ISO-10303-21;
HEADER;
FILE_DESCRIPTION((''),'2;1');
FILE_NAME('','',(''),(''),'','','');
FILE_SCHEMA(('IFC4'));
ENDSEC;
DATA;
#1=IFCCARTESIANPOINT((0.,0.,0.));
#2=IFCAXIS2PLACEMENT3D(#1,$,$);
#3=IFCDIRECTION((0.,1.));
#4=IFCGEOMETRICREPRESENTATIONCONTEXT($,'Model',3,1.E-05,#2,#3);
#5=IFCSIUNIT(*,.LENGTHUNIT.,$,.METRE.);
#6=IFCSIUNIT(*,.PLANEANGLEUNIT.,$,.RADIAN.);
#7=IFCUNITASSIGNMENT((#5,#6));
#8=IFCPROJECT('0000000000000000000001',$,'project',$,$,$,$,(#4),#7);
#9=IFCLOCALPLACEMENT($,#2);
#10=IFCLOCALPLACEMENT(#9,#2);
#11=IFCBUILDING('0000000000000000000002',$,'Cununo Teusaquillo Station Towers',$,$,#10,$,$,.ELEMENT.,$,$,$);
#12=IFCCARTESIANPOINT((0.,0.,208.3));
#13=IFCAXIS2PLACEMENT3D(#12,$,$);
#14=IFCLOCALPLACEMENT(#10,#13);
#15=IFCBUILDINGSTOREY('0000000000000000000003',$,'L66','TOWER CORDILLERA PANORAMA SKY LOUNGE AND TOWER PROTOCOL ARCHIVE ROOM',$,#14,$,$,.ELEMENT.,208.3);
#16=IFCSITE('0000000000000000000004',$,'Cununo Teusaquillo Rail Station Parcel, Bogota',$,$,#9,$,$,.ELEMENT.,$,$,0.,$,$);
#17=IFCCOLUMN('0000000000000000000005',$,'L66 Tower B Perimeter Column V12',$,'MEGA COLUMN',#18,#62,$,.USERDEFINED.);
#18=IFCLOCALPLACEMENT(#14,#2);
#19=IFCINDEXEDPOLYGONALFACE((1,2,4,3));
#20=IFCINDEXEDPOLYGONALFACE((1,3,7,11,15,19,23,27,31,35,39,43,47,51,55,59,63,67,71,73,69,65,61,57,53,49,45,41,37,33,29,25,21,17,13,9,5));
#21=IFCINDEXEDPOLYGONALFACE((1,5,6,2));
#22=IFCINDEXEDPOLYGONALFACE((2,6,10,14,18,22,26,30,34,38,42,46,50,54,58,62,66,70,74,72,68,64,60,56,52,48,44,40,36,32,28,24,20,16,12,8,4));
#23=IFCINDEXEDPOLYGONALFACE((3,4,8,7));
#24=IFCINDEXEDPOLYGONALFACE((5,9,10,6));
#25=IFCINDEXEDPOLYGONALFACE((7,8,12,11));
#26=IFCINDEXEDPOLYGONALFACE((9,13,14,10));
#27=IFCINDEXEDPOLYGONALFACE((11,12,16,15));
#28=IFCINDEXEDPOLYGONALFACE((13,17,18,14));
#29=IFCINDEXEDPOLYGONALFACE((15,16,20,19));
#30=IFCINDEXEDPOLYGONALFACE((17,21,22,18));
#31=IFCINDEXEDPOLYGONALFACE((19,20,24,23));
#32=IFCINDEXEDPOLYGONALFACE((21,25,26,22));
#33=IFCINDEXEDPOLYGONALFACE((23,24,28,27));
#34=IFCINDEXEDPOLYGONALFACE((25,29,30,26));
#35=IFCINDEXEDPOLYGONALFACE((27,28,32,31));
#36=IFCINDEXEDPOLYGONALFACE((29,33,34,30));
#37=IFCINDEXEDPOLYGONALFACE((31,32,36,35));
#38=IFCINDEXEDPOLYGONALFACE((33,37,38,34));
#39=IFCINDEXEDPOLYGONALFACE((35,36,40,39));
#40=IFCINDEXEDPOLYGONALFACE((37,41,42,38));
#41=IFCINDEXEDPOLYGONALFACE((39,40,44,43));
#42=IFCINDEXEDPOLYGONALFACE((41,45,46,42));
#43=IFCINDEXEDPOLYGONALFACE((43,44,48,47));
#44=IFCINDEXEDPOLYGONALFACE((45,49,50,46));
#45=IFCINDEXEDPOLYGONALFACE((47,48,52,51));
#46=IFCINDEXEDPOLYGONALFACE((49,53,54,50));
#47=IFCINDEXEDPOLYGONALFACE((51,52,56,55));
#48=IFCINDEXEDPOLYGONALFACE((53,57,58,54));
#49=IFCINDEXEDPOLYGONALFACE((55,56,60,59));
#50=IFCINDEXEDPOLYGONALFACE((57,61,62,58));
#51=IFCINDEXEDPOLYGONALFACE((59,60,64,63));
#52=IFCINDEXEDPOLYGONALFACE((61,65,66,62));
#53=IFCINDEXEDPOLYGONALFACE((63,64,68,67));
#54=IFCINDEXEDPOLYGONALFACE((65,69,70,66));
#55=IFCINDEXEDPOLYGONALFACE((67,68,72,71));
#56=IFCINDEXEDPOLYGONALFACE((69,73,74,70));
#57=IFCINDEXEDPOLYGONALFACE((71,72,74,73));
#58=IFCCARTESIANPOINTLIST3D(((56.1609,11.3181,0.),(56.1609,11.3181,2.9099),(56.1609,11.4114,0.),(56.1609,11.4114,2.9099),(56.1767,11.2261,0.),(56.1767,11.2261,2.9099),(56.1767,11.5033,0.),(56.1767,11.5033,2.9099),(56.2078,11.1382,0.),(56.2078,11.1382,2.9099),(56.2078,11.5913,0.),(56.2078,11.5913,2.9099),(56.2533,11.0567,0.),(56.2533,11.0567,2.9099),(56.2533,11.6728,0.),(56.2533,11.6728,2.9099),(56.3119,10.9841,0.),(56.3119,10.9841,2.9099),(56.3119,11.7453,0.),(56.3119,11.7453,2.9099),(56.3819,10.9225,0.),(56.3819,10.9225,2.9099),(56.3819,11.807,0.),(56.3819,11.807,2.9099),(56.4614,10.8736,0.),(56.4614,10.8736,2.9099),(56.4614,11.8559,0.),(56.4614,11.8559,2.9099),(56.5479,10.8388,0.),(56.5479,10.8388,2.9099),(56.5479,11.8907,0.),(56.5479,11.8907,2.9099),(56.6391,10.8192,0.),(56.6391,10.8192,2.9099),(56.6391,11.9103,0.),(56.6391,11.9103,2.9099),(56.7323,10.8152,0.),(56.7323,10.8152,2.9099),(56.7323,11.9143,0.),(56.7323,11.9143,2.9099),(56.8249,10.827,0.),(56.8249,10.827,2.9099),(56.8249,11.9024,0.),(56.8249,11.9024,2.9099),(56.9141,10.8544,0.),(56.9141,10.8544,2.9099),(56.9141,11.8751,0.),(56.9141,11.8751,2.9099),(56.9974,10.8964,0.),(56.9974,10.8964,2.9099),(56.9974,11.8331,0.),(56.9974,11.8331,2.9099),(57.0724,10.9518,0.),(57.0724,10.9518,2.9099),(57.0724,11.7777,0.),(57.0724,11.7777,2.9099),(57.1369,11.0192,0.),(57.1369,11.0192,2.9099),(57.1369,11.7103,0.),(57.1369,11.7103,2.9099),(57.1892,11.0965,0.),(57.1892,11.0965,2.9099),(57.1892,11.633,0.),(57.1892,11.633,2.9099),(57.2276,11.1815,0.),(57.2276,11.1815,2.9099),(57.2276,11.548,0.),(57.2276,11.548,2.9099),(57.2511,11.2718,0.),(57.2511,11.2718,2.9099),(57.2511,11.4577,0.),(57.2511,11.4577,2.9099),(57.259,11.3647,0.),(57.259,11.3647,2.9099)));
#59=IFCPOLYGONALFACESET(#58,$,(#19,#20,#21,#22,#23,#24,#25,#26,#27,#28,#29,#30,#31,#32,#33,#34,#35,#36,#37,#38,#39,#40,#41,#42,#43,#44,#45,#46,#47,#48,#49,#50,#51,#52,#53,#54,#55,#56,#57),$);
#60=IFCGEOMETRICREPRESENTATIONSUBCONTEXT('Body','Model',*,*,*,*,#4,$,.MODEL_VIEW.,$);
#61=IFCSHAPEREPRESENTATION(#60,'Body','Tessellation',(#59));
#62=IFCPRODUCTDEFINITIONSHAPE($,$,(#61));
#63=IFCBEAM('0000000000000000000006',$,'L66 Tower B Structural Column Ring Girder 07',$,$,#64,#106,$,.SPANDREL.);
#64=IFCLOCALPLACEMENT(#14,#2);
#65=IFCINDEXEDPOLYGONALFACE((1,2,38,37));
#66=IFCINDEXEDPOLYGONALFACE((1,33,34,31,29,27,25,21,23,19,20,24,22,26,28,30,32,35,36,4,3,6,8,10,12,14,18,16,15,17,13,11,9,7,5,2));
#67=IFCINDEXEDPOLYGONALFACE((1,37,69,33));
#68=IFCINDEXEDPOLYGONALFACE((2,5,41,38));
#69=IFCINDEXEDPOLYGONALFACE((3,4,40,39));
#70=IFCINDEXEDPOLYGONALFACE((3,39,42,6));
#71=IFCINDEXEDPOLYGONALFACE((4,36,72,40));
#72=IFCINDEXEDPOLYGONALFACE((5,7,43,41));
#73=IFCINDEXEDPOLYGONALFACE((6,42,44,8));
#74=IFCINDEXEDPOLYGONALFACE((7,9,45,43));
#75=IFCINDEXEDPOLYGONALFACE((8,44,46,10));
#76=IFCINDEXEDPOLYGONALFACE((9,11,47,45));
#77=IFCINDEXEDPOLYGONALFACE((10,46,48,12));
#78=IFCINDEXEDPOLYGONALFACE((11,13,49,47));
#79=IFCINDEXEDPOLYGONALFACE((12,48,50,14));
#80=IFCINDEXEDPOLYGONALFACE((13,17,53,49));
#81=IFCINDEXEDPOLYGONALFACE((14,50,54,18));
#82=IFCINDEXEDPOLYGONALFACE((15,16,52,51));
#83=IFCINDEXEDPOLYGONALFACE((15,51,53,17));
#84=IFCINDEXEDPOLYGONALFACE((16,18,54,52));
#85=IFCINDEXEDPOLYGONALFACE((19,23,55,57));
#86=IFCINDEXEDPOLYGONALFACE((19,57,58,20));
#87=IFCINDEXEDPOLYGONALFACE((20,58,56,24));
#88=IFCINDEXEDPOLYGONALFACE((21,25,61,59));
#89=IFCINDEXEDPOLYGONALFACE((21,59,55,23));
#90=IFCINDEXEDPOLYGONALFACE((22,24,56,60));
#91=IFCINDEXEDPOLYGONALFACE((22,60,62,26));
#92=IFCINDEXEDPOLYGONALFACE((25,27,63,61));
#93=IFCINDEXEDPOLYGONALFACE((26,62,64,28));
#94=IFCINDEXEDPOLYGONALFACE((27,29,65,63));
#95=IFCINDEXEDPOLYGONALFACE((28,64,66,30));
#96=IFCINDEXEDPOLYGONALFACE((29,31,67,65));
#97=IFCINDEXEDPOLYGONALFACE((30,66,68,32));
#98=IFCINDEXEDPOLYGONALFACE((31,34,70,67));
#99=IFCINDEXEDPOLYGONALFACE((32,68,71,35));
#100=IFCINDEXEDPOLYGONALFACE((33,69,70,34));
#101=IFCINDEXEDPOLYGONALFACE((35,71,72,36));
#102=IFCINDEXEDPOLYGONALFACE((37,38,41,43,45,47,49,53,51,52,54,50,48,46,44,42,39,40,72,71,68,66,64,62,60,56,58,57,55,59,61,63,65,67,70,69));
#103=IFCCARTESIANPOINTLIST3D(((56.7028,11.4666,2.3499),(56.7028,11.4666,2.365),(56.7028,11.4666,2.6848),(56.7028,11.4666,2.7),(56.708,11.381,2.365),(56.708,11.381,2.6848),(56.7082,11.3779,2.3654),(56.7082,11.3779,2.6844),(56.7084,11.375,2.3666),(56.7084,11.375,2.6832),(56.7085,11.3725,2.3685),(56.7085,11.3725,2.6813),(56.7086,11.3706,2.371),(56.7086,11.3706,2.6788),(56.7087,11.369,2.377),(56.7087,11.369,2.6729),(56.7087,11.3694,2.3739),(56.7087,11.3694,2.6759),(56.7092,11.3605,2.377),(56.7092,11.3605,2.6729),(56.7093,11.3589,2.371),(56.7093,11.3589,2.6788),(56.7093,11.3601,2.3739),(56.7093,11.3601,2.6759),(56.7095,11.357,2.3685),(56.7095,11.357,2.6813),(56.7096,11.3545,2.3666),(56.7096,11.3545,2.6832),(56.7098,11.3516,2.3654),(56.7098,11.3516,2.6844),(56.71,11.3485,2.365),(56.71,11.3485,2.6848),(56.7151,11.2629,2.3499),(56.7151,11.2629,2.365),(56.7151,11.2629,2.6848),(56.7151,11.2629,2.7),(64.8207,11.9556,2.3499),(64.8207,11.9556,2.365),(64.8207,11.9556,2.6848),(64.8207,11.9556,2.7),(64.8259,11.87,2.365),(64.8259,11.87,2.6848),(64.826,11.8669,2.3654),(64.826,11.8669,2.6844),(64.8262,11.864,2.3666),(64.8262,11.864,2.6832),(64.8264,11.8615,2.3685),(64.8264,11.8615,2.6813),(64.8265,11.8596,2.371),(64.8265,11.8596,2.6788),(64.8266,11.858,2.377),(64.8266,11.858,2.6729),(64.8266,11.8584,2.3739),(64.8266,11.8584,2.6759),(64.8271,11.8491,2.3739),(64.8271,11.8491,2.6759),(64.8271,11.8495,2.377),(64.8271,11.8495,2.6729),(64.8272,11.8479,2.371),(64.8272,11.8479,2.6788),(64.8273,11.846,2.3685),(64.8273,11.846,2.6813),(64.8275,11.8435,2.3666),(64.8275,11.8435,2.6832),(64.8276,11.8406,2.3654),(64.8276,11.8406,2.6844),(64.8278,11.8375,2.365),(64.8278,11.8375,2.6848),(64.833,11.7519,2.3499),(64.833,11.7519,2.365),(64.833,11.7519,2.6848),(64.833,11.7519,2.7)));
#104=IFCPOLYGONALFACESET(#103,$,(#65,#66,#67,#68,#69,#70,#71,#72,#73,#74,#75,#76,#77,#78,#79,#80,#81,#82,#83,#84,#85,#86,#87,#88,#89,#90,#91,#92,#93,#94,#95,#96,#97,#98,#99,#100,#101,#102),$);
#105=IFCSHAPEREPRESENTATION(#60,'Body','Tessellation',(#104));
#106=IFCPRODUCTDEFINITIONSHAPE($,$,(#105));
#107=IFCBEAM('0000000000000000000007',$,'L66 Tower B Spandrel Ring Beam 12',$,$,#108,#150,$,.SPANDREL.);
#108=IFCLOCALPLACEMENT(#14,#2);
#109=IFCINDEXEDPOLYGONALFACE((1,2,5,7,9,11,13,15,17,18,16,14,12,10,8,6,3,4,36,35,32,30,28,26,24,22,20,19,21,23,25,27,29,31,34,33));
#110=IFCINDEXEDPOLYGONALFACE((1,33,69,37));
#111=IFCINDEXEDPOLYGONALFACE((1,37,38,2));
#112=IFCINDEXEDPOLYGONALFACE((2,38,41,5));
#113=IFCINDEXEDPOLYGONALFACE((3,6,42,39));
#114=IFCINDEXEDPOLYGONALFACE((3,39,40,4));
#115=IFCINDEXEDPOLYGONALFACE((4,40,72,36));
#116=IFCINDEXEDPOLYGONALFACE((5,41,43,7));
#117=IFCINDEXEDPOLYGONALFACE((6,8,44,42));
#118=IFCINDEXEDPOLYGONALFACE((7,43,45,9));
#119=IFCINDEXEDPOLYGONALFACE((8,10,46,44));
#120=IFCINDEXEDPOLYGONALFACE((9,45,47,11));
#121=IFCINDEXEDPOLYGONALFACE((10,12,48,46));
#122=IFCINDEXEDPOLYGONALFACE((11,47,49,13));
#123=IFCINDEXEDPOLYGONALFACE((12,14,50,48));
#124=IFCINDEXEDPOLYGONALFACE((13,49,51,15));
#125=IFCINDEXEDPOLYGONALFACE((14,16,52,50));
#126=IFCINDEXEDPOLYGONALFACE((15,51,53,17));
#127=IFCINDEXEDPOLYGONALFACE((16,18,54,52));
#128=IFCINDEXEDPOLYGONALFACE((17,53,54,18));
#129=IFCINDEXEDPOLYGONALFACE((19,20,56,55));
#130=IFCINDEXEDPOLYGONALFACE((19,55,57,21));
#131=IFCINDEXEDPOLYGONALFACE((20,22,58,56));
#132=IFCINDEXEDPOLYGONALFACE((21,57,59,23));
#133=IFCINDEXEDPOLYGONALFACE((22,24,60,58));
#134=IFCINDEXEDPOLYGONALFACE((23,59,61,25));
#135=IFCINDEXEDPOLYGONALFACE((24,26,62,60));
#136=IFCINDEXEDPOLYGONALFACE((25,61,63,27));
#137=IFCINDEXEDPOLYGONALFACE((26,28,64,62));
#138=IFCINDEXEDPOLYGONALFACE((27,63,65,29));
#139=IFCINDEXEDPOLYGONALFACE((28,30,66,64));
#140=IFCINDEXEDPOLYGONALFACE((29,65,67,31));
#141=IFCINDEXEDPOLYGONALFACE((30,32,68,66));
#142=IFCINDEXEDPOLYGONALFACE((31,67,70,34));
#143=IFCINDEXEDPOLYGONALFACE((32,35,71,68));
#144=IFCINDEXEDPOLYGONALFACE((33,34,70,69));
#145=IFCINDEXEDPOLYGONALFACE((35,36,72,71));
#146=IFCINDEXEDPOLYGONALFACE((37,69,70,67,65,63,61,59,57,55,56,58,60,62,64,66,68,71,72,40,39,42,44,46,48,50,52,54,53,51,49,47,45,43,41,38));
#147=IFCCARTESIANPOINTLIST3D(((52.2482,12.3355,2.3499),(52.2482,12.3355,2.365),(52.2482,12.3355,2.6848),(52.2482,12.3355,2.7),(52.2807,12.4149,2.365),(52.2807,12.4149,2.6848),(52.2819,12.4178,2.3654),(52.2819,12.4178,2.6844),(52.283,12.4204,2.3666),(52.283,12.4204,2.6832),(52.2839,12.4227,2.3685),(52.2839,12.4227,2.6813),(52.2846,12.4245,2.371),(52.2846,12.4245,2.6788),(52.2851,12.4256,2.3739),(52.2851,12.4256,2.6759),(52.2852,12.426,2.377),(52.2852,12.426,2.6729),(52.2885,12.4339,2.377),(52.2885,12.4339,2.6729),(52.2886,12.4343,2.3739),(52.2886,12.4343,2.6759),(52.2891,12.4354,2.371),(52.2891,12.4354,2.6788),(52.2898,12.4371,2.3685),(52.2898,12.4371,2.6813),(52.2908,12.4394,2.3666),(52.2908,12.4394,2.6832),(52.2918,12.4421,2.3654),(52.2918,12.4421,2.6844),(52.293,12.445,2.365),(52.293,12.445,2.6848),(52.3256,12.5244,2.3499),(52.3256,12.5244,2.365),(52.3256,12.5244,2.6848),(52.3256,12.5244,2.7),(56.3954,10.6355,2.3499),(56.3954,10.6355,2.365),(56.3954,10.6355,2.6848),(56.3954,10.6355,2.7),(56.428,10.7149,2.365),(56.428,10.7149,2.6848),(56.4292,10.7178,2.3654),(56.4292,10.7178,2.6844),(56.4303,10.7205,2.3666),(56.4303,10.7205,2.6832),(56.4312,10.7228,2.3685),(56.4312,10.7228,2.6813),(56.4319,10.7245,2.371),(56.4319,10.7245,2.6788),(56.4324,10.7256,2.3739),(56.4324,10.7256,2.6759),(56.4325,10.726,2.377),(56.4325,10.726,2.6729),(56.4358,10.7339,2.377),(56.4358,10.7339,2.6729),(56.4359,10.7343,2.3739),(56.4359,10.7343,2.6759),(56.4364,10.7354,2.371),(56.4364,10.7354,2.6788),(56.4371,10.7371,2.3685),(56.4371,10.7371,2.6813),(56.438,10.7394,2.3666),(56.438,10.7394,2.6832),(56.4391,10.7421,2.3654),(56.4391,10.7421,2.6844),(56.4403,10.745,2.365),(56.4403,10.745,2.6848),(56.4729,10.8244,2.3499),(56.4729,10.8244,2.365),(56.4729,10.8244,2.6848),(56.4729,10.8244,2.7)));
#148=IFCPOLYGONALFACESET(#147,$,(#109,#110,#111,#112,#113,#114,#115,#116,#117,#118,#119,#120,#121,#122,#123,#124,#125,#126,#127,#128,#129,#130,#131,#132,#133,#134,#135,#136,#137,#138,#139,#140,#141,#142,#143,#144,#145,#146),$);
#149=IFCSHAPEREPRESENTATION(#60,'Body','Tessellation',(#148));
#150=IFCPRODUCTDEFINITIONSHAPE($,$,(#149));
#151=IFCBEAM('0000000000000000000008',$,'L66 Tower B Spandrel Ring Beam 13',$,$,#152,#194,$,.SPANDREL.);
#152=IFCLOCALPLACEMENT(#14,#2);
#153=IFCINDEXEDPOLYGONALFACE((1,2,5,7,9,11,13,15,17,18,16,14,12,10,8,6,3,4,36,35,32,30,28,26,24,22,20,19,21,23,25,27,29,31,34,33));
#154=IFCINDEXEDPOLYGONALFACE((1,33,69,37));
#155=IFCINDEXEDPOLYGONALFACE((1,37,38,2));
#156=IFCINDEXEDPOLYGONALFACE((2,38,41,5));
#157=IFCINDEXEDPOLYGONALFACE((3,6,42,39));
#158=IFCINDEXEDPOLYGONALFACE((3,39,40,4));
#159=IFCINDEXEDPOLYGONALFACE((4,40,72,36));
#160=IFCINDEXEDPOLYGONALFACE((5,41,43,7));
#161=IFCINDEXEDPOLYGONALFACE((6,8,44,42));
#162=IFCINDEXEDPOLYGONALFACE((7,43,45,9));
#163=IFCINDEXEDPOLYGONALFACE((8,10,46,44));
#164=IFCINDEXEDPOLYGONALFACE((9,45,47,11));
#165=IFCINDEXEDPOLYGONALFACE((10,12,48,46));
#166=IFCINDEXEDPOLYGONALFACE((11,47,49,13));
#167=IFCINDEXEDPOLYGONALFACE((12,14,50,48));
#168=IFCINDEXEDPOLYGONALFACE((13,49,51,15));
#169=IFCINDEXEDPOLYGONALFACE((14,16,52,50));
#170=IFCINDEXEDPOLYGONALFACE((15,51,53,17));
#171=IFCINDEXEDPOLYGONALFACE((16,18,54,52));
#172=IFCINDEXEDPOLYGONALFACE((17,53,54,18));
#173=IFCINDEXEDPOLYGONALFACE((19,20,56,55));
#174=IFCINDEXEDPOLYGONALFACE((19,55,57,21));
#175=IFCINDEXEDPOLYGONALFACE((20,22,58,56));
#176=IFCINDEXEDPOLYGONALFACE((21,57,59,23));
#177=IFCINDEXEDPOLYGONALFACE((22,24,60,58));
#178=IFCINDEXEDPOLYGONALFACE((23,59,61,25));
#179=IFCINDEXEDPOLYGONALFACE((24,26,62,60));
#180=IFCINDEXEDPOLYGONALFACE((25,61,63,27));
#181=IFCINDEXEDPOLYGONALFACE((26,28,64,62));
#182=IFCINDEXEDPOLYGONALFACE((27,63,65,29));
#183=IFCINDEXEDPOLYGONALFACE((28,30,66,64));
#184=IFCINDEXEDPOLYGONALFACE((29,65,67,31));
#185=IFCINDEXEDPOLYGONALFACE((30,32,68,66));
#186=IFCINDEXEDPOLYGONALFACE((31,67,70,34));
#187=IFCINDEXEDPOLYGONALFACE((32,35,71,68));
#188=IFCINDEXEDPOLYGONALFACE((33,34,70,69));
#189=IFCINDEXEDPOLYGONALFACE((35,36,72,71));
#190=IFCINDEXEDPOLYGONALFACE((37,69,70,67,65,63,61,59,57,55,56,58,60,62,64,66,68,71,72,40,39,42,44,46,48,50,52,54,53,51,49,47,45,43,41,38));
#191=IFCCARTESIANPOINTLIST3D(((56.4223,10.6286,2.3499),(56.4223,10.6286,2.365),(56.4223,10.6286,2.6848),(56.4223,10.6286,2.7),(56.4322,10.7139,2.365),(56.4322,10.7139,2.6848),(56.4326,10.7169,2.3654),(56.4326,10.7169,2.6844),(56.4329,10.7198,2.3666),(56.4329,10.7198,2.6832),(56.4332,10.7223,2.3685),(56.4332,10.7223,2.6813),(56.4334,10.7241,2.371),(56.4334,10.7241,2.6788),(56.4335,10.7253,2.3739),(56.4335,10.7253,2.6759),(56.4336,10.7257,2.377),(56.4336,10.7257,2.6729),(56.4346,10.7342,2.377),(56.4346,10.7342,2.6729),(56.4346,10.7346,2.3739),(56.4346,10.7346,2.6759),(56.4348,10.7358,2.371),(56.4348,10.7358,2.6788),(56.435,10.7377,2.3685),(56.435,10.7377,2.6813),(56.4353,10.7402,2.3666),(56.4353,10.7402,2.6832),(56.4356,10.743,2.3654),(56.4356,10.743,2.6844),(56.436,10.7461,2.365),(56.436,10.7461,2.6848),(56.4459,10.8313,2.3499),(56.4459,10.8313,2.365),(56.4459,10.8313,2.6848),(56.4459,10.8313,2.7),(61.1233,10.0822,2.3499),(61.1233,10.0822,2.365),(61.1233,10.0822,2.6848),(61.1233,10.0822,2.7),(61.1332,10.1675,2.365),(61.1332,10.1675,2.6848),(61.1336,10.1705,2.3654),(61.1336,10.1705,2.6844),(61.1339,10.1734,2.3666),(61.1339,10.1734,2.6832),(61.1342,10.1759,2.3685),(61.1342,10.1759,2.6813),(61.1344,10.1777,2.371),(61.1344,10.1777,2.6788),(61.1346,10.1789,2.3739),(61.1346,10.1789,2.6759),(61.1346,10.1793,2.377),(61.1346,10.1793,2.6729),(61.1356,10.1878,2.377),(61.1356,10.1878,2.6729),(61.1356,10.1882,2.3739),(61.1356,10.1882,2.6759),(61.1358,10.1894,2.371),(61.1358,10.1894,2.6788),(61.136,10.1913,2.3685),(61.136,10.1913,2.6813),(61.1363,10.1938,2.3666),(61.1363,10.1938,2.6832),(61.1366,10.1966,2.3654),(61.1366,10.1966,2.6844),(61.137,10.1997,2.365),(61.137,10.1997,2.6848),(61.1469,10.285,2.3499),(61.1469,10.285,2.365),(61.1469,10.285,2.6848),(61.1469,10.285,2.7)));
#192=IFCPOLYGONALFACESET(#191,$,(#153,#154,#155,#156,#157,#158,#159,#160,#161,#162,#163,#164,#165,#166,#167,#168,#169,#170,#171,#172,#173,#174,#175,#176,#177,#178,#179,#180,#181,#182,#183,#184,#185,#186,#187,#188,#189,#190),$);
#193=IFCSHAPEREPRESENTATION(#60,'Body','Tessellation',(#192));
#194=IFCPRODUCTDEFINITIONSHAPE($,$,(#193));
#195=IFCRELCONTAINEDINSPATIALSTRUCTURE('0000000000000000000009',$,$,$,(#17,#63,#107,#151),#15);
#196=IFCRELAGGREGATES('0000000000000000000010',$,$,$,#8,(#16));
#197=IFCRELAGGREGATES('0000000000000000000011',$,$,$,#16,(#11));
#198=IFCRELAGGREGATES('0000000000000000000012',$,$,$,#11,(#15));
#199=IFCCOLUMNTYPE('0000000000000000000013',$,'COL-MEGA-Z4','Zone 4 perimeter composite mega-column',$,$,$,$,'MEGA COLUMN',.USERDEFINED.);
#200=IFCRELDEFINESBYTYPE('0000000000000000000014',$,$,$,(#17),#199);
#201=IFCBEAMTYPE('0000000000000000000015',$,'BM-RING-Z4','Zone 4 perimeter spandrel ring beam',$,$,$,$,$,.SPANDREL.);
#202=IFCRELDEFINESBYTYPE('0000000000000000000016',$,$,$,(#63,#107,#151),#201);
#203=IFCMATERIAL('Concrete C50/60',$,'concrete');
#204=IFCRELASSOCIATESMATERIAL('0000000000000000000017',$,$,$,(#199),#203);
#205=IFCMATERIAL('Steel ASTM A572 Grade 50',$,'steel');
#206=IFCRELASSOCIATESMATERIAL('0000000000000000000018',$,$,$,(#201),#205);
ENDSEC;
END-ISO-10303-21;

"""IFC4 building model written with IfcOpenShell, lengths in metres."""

from ifc_helpers import new_model, si_unit, direction, frame, origin, origin_2d, place, context, subcontext, project, spatial, circle, i_section, extrude, material, material_profile, profile_set, type_object, element, save


model = new_model("IFC4")

# Units and contexts
model_context = context("Model", 3, precision=1e-05, world=origin(), true_north=direction((0.0, 1.0)))
body_context = subcontext(model_context, "Body", "Model", "MODEL_VIEW")
ifc_project = project(units=[si_unit("LENGTHUNIT", "METRE"), si_unit("PLANEANGLEUNIT", "RADIAN")], contexts=[model_context])

# Site, building, storey
site_placement = place(None, origin())
site = spatial("IfcSite", under=ifc_project, at=site_placement, Name="Cununo Teusaquillo Rail Station Parcel, Bogota", CompositionType="ELEMENT", RefElevation=0.0)
building_placement = place(site_placement, origin())
building = spatial("IfcBuilding", under=site, at=building_placement, Name="Cununo Teusaquillo Station Towers", CompositionType="ELEMENT")
storey_placement = place(building_placement, frame((0.0, 0.0, 208.3)))
storey = spatial("IfcBuildingStorey", under=building, at=storey_placement, Name="L66", Description="TOWER CORDILLERA PANORAMA SKY LOUNGE AND TOWER PROTOCOL ARCHIVE ROOM", CompositionType="ELEMENT", Elevation=208.3)

# Column
ifc_material_1 = material(Name="Concrete C50/60", Category="concrete")
ifc_material_profile_1 = material_profile(ifc_material_1, circle(Radius=0.55, at=origin_2d()), Name="RC-CIRC-1100")
ifc_profile_set_1 = profile_set([ifc_material_profile_1], Name="Concrete C50/60")
column_type = type_object("IfcColumnType", Name="COL-MEGA-Z4", Description="Zone 4 perimeter composite mega-column", ElementType="MEGA COLUMN", PredefinedType="USERDEFINED", material=ifc_profile_set_1)
column_placement = place(storey_placement, frame((56.709, 11.3647, 0.0), z_axis=(0.0, 0.0, 1.0), x_axis=(1.0, 0.0, 0.0)))
element("IfcColumn", 1, at=column_placement, inside=storey, type_object=column_type, Name="L66 Tower B Perimeter Column V12", ObjectType="MEGA COLUMN", PredefinedType="USERDEFINED", context=body_context, shape_type="SweptSolid", body=[
    extrude(circle(Radius=0.55, at=origin_2d()), origin(), (0.0, 0.0, 1.0), 2.9099),
])

# Beams
ifc_material_2 = material(Name="Steel ASTM A572 Grade 50", Category="steel")
ifc_material_profile_2 = material_profile(ifc_material_2, i_section(OverallWidth=0.2041, OverallDepth=0.3501, WebThickness=0.0085, FlangeThickness=0.0151, FilletRadius=0.012, at=origin_2d()), Name="W14X48")
ifc_profile_set_2 = profile_set([ifc_material_profile_2], Name="Steel ASTM A572 Grade 50")
beam_type = type_object("IfcBeamType", Name="BM-RING-Z4", Description="Zone 4 perimeter spandrel ring beam", PredefinedType="SPANDREL", material=ifc_profile_set_2)
beam_1_placement = place(storey_placement, frame((56.709, 11.3647, 2.5249), z_axis=(0.998191, 0.06013, 0.0), x_axis=(-0.06013, 0.998191, 0.0)))
element("IfcBeam", 2, at=beam_1_placement, inside=storey, type_object=beam_type, Name="L66 Tower B Structural Column Ring Girder 07", PredefinedType="SPANDREL", context=body_context, shape_type="SweptSolid", body=[
    extrude(i_section(OverallWidth=0.2041, OverallDepth=0.3501, WebThickness=0.0085, FlangeThickness=0.0151, FilletRadius=0.012, at=origin_2d()), origin(), (0.0, 0.0, 1.0), 8.1326),
])
beam_2_placement = place(storey_placement, frame((52.2869, 12.4299, 2.5249), z_axis=(0.925284, -0.379275, 0.0), x_axis=(0.379275, 0.925284, 0.0)))
element("IfcBeam", 3, at=beam_2_placement, inside=storey, type_object=beam_type, Name="L66 Tower B Spandrel Ring Beam 12", PredefinedType="SPANDREL", context=body_context, shape_type="SweptSolid", body=[
    extrude(i_section(OverallWidth=0.2041, OverallDepth=0.3501, WebThickness=0.0085, FlangeThickness=0.0151, FilletRadius=0.012, at=origin_2d()), origin(), (0.0, 0.0, 1.0), 4.4822),
])
beam_3_placement = place(storey_placement, frame((56.4341, 10.73, 2.5249), z_axis=(0.993313, -0.115452, 0.0), x_axis=(0.115452, 0.993313, 0.0)))
element("IfcBeam", 4, at=beam_3_placement, inside=storey, type_object=beam_type, Name="L66 Tower B Spandrel Ring Beam 13", PredefinedType="SPANDREL", context=body_context, shape_type="SweptSolid", body=[
    extrude(i_section(OverallWidth=0.2041, OverallDepth=0.3501, WebThickness=0.0085, FlangeThickness=0.0151, FilletRadius=0.012, at=origin_2d()), origin(), (0.0, 0.0, 1.0), 4.7327),
])

save(model, "model.ifc")
